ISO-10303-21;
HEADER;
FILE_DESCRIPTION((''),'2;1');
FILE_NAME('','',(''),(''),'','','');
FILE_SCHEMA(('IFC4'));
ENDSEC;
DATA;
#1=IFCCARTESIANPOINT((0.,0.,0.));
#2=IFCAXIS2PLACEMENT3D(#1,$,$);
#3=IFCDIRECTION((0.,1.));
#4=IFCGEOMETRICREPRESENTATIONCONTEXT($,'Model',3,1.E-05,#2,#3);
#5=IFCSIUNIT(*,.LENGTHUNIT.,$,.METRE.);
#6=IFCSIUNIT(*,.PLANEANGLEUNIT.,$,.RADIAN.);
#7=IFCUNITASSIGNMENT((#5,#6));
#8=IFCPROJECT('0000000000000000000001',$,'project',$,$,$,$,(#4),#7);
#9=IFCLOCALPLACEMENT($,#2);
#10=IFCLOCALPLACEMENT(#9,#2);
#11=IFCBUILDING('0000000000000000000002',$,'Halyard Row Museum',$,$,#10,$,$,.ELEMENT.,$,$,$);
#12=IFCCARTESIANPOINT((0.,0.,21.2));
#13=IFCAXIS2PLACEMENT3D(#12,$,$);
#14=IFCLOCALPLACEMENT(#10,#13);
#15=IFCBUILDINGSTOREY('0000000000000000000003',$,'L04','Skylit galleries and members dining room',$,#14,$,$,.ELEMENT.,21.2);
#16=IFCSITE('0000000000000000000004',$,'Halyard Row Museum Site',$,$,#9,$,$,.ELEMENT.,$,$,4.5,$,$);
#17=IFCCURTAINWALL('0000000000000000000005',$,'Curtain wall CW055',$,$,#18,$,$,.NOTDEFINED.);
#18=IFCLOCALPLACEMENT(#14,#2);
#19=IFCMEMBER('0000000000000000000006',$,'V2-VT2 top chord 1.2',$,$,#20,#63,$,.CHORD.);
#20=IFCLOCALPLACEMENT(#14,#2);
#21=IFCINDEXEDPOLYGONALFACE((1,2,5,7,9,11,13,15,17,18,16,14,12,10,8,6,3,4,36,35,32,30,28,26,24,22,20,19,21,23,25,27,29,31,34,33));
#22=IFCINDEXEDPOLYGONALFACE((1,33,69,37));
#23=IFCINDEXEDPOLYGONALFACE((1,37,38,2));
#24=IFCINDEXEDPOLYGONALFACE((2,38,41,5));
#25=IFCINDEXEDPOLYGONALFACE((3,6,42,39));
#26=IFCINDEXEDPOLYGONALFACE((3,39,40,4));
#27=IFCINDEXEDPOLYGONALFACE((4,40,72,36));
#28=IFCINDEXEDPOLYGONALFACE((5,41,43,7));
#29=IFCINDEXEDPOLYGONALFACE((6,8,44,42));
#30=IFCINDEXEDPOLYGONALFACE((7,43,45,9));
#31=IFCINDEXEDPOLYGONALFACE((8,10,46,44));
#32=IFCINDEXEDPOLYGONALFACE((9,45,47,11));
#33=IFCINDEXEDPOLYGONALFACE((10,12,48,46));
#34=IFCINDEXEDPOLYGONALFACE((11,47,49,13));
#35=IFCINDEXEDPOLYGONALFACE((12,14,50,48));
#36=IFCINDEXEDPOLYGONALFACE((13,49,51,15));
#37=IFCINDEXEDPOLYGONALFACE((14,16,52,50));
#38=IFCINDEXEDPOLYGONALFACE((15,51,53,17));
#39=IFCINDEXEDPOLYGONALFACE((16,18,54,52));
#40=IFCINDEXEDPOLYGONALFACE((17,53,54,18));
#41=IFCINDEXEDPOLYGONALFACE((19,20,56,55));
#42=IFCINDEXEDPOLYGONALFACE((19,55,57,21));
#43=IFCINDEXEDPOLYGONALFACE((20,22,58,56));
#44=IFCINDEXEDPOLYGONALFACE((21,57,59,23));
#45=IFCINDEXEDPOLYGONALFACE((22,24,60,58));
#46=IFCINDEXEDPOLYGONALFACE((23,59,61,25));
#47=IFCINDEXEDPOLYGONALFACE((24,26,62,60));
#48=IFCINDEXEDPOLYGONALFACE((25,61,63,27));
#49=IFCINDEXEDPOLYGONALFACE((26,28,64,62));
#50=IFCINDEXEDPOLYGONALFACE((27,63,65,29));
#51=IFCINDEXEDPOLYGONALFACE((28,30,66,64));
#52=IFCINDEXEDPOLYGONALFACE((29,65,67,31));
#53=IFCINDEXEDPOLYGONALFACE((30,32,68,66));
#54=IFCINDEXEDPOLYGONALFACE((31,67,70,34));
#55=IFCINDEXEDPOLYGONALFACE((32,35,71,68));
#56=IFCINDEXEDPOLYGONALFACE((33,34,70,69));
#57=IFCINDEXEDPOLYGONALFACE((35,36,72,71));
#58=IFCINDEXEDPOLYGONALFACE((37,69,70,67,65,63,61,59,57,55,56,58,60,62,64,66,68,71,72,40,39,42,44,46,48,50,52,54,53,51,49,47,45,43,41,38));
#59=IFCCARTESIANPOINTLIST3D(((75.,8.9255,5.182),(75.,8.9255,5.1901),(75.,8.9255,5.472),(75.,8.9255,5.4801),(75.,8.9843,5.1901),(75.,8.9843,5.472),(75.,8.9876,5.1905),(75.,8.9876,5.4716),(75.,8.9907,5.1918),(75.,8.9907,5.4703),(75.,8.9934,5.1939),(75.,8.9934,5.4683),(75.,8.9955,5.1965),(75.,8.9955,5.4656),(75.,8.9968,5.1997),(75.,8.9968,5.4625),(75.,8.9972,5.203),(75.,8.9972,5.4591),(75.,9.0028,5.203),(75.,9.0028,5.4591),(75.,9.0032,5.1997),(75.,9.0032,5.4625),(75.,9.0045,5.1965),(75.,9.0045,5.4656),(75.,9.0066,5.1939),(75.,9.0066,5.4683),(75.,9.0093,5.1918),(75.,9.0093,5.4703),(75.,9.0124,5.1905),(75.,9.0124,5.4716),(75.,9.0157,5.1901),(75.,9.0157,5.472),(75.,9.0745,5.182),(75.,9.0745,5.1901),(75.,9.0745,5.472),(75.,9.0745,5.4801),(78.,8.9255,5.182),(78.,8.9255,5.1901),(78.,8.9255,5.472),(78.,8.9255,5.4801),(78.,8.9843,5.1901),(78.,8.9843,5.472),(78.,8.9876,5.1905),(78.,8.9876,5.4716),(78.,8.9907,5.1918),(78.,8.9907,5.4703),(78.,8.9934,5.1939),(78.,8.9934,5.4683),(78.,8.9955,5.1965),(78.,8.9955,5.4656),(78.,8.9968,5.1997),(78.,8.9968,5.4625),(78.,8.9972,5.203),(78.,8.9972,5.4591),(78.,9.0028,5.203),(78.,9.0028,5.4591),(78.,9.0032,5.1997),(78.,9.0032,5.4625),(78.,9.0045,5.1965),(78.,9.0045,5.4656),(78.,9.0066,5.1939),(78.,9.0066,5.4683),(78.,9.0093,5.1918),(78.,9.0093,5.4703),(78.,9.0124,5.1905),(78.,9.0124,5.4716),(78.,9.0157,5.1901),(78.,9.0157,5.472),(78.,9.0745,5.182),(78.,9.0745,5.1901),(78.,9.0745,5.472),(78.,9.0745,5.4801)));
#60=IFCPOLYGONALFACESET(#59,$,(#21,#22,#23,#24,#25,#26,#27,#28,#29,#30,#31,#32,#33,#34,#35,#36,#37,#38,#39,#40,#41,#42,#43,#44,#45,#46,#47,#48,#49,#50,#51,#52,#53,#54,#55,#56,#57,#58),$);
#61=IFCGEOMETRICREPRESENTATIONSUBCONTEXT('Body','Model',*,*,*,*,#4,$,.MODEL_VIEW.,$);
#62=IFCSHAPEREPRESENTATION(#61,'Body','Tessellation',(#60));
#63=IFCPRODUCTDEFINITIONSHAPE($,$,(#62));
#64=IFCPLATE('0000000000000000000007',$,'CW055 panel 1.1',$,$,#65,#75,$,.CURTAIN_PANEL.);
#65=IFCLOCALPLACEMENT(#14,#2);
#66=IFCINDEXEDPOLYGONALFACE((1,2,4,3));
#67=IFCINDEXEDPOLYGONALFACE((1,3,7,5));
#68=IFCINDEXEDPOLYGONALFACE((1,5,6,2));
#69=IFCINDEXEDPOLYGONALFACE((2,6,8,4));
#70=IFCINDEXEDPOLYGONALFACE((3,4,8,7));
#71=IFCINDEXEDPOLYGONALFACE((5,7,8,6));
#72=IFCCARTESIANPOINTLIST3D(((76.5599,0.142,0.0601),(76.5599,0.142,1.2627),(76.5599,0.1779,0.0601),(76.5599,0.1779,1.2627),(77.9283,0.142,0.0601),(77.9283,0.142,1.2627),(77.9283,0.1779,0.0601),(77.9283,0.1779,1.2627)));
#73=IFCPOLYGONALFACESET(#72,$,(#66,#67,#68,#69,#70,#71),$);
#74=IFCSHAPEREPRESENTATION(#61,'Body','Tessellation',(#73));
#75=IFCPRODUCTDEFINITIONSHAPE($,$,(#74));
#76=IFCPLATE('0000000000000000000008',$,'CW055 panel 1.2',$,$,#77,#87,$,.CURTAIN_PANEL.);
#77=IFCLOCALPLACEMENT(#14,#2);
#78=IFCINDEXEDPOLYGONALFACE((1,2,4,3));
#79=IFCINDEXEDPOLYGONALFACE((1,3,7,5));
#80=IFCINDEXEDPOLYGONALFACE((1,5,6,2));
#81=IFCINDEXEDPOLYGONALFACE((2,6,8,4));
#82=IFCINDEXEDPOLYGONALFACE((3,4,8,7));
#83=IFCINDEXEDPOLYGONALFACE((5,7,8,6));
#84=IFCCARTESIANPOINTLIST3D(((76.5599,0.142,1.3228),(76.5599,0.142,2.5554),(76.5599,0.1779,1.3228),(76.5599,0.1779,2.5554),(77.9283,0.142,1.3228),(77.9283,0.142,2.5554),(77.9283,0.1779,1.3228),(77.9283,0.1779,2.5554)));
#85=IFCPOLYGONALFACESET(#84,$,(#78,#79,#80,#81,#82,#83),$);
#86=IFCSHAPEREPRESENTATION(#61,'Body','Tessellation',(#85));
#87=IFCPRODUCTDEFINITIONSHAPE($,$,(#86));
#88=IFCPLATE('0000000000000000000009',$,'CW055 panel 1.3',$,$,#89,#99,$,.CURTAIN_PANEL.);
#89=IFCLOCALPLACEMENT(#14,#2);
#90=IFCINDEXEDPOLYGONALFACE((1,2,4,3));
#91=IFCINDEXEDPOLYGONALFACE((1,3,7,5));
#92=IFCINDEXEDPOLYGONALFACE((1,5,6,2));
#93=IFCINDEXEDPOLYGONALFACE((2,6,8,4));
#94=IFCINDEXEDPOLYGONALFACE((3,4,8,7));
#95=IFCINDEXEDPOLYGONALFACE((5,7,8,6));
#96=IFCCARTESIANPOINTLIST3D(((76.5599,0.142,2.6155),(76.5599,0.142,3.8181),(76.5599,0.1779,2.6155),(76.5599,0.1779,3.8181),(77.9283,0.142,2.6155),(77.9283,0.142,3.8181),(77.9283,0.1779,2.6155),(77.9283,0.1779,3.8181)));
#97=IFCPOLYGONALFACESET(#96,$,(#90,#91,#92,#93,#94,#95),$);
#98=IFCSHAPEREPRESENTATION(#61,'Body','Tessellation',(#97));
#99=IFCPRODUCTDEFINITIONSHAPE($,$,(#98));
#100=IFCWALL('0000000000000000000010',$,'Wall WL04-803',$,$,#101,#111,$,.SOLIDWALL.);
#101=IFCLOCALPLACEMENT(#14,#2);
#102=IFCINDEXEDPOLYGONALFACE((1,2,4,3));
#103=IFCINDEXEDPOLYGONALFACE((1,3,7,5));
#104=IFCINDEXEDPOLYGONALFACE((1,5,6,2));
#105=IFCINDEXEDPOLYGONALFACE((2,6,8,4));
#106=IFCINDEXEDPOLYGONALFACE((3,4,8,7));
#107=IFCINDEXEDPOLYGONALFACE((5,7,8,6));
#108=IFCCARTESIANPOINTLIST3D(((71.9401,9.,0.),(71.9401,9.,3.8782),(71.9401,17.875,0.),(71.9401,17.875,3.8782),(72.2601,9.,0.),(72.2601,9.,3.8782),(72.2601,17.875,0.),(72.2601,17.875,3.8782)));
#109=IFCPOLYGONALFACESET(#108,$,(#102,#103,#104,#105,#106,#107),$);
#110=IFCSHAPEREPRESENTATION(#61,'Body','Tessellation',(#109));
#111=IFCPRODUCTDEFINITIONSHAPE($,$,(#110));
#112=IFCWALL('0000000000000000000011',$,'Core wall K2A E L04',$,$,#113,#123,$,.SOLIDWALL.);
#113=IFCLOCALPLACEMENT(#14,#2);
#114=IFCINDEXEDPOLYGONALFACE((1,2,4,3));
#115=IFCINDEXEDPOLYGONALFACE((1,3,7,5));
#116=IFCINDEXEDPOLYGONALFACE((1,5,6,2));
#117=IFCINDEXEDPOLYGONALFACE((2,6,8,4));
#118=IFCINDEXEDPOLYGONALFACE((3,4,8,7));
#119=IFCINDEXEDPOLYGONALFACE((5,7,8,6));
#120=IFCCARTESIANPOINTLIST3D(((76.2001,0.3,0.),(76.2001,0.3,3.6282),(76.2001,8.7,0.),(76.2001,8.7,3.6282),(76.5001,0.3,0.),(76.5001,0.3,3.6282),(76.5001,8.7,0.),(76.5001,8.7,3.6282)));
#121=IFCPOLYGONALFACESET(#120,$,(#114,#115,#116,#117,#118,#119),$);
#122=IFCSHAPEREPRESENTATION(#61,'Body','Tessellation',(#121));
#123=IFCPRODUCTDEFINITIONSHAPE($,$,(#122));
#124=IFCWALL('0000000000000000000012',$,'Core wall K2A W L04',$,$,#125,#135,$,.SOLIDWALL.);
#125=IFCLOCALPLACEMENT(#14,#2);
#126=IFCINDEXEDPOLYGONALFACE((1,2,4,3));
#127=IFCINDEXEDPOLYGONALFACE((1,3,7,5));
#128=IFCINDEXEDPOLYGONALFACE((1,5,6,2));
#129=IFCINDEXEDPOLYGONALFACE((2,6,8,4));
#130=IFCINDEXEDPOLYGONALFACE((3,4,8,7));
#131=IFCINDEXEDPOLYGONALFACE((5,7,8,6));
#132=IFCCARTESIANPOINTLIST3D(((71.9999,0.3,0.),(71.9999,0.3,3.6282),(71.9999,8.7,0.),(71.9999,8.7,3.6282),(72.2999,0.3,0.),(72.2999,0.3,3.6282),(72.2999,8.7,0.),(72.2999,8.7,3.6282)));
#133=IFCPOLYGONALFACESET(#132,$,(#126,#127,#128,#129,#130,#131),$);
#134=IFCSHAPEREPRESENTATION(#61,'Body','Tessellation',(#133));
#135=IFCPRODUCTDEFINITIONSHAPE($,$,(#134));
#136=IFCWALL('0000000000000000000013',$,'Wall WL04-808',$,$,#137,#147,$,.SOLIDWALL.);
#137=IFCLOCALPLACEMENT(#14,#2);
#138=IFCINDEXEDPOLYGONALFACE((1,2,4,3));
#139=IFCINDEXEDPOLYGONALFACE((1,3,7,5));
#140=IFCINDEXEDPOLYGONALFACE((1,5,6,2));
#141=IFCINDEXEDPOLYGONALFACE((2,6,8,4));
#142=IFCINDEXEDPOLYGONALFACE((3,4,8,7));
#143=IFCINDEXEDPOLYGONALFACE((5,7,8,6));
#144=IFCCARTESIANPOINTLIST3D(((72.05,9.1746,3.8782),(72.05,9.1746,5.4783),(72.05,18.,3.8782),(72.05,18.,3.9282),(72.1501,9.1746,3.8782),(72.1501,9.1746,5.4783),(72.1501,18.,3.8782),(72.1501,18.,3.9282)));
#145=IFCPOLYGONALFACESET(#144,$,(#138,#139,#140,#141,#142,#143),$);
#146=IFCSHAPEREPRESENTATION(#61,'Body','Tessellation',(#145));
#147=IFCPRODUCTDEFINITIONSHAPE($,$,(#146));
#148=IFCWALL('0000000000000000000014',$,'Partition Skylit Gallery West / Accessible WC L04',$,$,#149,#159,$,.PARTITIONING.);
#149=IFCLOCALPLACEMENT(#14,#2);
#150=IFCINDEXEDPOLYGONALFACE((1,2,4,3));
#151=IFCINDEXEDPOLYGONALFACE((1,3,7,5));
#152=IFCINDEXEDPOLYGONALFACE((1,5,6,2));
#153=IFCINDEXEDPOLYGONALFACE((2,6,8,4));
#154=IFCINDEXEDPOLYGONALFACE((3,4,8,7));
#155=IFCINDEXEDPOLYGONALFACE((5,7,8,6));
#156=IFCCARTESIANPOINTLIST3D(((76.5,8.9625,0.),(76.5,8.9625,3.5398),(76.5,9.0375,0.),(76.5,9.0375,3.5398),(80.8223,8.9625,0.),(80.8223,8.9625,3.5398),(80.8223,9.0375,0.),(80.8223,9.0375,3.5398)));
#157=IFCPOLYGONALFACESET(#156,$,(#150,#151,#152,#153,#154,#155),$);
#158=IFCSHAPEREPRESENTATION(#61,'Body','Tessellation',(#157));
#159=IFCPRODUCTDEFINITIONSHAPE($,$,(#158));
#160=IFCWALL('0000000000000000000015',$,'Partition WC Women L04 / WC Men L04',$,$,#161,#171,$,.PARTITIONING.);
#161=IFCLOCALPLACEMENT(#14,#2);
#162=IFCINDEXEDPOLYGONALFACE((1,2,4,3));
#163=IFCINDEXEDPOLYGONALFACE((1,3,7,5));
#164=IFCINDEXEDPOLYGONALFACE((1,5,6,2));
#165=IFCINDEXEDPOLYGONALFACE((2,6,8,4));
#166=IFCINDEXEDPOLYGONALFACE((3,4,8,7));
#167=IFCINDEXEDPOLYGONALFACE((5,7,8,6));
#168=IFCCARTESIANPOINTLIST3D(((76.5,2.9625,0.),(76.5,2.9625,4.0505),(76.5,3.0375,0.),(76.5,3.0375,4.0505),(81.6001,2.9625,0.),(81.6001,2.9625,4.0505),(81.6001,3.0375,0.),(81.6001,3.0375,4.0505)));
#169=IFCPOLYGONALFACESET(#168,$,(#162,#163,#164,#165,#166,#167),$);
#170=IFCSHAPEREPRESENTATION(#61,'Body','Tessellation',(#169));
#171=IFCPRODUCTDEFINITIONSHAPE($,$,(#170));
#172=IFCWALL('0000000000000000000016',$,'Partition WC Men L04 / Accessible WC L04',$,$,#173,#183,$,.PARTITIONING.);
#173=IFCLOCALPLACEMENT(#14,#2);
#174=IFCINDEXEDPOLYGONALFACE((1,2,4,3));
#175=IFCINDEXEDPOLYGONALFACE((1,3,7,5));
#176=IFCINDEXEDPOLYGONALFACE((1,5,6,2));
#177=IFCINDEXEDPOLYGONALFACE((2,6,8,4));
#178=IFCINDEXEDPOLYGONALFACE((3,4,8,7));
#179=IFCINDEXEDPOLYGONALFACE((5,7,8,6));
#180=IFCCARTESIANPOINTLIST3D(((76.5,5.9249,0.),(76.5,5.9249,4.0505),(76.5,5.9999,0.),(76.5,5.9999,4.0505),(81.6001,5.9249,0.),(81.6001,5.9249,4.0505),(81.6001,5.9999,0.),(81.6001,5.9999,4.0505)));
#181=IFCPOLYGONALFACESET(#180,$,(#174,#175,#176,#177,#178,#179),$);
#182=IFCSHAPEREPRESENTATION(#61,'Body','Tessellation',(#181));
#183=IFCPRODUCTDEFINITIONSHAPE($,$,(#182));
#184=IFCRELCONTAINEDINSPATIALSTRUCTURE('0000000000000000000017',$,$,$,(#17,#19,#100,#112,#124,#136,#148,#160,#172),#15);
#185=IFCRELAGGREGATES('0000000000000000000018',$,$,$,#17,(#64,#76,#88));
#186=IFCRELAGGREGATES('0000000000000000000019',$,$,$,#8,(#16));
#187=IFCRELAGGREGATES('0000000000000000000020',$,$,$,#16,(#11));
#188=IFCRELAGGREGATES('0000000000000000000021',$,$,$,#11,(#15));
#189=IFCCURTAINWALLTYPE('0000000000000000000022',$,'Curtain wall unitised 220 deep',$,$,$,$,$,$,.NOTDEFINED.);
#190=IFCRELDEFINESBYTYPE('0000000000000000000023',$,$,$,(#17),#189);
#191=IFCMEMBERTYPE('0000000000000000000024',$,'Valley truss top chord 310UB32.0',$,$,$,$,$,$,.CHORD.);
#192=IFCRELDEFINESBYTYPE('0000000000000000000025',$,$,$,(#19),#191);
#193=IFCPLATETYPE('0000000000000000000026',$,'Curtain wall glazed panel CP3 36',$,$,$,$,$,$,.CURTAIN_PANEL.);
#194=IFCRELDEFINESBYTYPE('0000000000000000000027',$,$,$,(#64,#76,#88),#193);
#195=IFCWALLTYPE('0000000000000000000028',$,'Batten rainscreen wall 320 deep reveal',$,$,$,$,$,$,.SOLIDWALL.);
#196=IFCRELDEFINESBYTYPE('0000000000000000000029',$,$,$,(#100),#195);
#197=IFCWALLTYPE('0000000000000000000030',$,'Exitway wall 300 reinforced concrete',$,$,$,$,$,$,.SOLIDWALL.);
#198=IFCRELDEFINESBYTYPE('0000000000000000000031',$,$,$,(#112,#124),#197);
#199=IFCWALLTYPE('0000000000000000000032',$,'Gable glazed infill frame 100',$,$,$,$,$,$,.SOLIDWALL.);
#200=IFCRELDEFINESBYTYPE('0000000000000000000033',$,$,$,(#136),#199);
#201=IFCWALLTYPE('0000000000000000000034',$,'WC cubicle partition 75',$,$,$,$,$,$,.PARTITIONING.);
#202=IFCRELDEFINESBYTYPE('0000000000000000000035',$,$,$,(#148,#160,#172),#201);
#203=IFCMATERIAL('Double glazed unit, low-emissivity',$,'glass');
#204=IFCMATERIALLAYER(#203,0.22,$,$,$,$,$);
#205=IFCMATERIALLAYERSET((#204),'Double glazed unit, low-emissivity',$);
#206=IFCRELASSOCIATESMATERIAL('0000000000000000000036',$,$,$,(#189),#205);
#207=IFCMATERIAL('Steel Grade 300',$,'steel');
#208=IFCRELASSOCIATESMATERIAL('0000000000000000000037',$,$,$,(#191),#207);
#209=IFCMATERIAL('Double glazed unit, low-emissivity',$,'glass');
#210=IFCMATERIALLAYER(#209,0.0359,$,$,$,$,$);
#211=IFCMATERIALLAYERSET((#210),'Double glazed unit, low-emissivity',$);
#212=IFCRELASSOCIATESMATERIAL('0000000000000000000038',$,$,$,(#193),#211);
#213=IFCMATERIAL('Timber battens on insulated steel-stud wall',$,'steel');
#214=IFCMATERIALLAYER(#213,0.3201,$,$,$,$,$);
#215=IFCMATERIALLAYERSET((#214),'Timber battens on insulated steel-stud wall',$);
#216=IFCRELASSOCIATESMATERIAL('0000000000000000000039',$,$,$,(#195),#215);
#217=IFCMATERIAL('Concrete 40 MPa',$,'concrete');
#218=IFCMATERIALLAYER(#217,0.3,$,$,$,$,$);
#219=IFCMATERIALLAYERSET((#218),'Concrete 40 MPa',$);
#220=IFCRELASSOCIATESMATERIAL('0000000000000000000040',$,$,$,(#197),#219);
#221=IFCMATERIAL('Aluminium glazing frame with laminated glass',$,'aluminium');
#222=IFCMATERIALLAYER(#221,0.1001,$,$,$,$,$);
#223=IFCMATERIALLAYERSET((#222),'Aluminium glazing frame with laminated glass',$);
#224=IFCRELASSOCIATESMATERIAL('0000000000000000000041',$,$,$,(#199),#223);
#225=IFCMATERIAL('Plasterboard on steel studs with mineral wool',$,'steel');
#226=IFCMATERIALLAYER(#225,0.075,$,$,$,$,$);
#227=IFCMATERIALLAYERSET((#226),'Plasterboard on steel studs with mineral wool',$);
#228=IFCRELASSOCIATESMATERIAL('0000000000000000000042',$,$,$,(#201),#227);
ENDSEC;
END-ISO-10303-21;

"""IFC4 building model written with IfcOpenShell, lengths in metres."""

from ifc_helpers import new_model, si_unit, direction, frame, frame_2d, origin, origin_2d, place, context, subcontext, project, spatial, polyline, rectangle, i_section, outline, extrude, material, layer, layer_set, material_profile, profile_set, type_object, element, aggregate, save


model = new_model("IFC4")

# Units and contexts
model_context = context("Model", 3, precision=1e-05, world=origin(), true_north=direction((0.0, 1.0)))
body_context = subcontext(model_context, "Body", "Model", "MODEL_VIEW")
ifc_project = project(units=[si_unit("LENGTHUNIT", "METRE"), si_unit("PLANEANGLEUNIT", "RADIAN")], contexts=[model_context])

# Site, building, storey
site_placement = place(None, origin())
site = spatial("IfcSite", under=ifc_project, at=site_placement, Name="Halyard Row Museum Site", CompositionType="ELEMENT", RefElevation=4.5)
building_placement = place(site_placement, origin())
building = spatial("IfcBuilding", under=site, at=building_placement, Name="Halyard Row Museum", CompositionType="ELEMENT")
storey_placement = place(building_placement, frame((0.0, 0.0, 21.2)))
storey = spatial("IfcBuildingStorey", under=building, at=storey_placement, Name="L04", Description="Skylit galleries and members dining room", CompositionType="ELEMENT", Elevation=21.2)

# Curtain wall
ifc_material_1 = material(Name="Double glazed unit, low-emissivity", Category="glass")
ifc_layer_1 = layer(ifc_material_1, 0.22)
ifc_layer_set_1 = layer_set([ifc_layer_1], Name="Double glazed unit, low-emissivity")
curtain_wall_type = type_object("IfcCurtainWallType", Name="Curtain wall unitised 220 deep", PredefinedType="NOTDEFINED", material=ifc_layer_set_1)
curtain_wall_placement = place(storey_placement, origin())
curtain_wall = element("IfcCurtainWall", 1, at=curtain_wall_placement, inside=storey, type_object=curtain_wall_type, Name="Curtain wall CW055", PredefinedType="NOTDEFINED")

# Member
ifc_material_2 = material(Name="Steel Grade 300", Category="steel")
ifc_material_profile_1 = material_profile(ifc_material_2, i_section(OverallWidth=0.1489, OverallDepth=0.2981, WebThickness=0.0056, FlangeThickness=0.0081, FilletRadius=0.0129, at=origin_2d()), Name="310UB32.0")
ifc_profile_set_1 = profile_set([ifc_material_profile_1], Name="Steel Grade 300")
member_type_1 = type_object("IfcMemberType", Name="Valley truss top chord 310UB32.0", PredefinedType="CHORD", material=ifc_profile_set_1)
for number, where, z_axis, x_axis, name in (
    (2, (75.0, 9.0, 5.3311), (1.0, 0.0, 0.0), (0.0, 1.0, 0.0), "V2-VT2 top chord 1.2"),
):
    element("IfcMember", number, at=place(storey_placement, frame(where, z_axis=z_axis, x_axis=x_axis)), inside=storey, type_object=member_type_1, Name=name, PredefinedType="CHORD", context=body_context, shape_type="SweptSolid", body=[
        extrude(i_section(OverallWidth=0.1489, OverallDepth=0.2981, WebThickness=0.0056, FlangeThickness=0.0081, FilletRadius=0.0129, at=origin_2d()), origin(), (0.0, 0.0, 1.0), 3.0),
    ])

# Plates
ifc_material_3 = material(Name="Double glazed unit, low-emissivity", Category="glass")
ifc_layer_2 = layer(ifc_material_3, 0.0359)
ifc_layer_set_2 = layer_set([ifc_layer_2], Name="Double glazed unit, low-emissivity")
plate_type = type_object("IfcPlateType", Name="Curtain wall glazed panel CP3 36", PredefinedType="CURTAIN_PANEL", material=ifc_layer_set_2)
plate_1_placement = place(storey_placement, frame((77.2441, 0.1599, 0.0601), z_axis=(0.0, 0.0, 1.0), x_axis=(1.0, 0.0, 0.0)))
plate_1 = element("IfcPlate", 3, at=plate_1_placement, type_object=plate_type, Name="CW055 panel 1.1", PredefinedType="CURTAIN_PANEL", context=body_context, shape_type="SweptSolid", body=[
    extrude(rectangle(XDim=1.3684, YDim=0.0359, at=origin_2d()), origin(), (0.0, 0.0, 1.0), 1.2026),
])
plate_2_placement = place(storey_placement, frame((77.2441, 0.1599, 1.3228), z_axis=(0.0, 0.0, 1.0), x_axis=(1.0, 0.0, 0.0)))
plate_2 = element("IfcPlate", 4, at=plate_2_placement, type_object=plate_type, Name="CW055 panel 1.2", PredefinedType="CURTAIN_PANEL", context=body_context, shape_type="SweptSolid", body=[
    extrude(rectangle(XDim=1.3684, YDim=0.0359, at=origin_2d()), origin(), (0.0, 0.0, 1.0), 1.2327),
])
plate_3_placement = place(storey_placement, frame((77.2441, 0.1599, 2.6155), z_axis=(0.0, 0.0, 1.0), x_axis=(1.0, 0.0, 0.0)))
plate_3 = element("IfcPlate", 5, at=plate_3_placement, type_object=plate_type, Name="CW055 panel 1.3", PredefinedType="CURTAIN_PANEL", context=body_context, shape_type="SweptSolid", body=[
    extrude(rectangle(XDim=1.3684, YDim=0.0359, at=origin_2d()), origin(), (0.0, 0.0, 1.0), 1.2026),
])
aggregate(curtain_wall, [plate_1, plate_2, plate_3])

# Walls
ifc_material_4 = material(Name="Timber battens on insulated steel-stud wall", Category="steel")
ifc_layer_3 = layer(ifc_material_4, 0.3201)
ifc_layer_set_3 = layer_set([ifc_layer_3], Name="Timber battens on insulated steel-stud wall")
wall_type_1 = type_object("IfcWallType", Name="Batten rainscreen wall 320 deep reveal", PredefinedType="SOLIDWALL", material=ifc_layer_set_3)
wall_1_placement = place(storey_placement, frame((72.1001, 9.0, 0.0), z_axis=(0.0, 0.0, 1.0), x_axis=(0.0, 1.0, 0.0)))
element("IfcWall", 6, at=wall_1_placement, inside=storey, type_object=wall_type_1, Name="Wall WL04-803", PredefinedType="SOLIDWALL", context=body_context, shape_type="SweptSolid", body=[
    extrude(rectangle(XDim=8.875, YDim=0.3201, at=frame_2d((4.4375, 0.0))), origin(), (0.0, 0.0, 1.0), 3.8782),
])
ifc_material_5 = material(Name="Concrete 40 MPa", Category="concrete")
ifc_layer_4 = layer(ifc_material_5, 0.3)
ifc_layer_set_4 = layer_set([ifc_layer_4], Name="Concrete 40 MPa")
wall_type_2 = type_object("IfcWallType", Name="Exitway wall 300 reinforced concrete", PredefinedType="SOLIDWALL", material=ifc_layer_set_4)
for number, where, z_axis, x_axis, name in (
    (7, (76.3501, 0.3, 0.0), (0.0, 0.0, 1.0), (0.0, 1.0, 0.0), "Core wall K2A E L04"),
    (8, (72.1499, 0.3, 0.0), (0.0, 0.0, 1.0), (0.0, 1.0, 0.0), "Core wall K2A W L04"),
):
    element("IfcWall", number, at=place(storey_placement, frame(where, z_axis=z_axis, x_axis=x_axis)), inside=storey, type_object=wall_type_2, Name=name, PredefinedType="SOLIDWALL", context=body_context, shape_type="SweptSolid", body=[
        extrude(rectangle(XDim=8.3999, YDim=0.3, at=frame_2d((4.2, 0.0))), origin(), (0.0, 0.0, 1.0), 3.6282),
    ])
ifc_material_6 = material(Name="Aluminium glazing frame with laminated glass", Category="aluminium")
ifc_layer_5 = layer(ifc_material_6, 0.1001)
ifc_layer_set_5 = layer_set([ifc_layer_5], Name="Aluminium glazing frame with laminated glass")
wall_type_3 = type_object("IfcWallType", Name="Gable glazed infill frame 100", PredefinedType="SOLIDWALL", material=ifc_layer_set_5)
wall_2_placement = place(storey_placement, frame((72.1001, 9.1746, 3.8782), z_axis=(0.0, 0.0, 1.0), x_axis=(0.0, 1.0, 0.0)))
element("IfcWall", 9, at=wall_2_placement, inside=storey, type_object=wall_type_3, Name="Wall WL04-808", PredefinedType="SOLIDWALL", context=body_context, shape_type="SweptSolid", body=[
    extrude(outline(polyline([(0.0, 0.0), (8.8254, 0.0), (8.8254, 0.05), (0.0, 1.6001), (0.0, 0.0)])), frame((0.0, 0.05, 0.0), z_axis=(0.0, -1.0, 0.0), x_axis=(1.0, 0.0, 0.0)), (0.0, 0.0, 1.0), 0.1001),
])
ifc_material_7 = material(Name="Plasterboard on steel studs with mineral wool", Category="steel")
ifc_layer_6 = layer(ifc_material_7, 0.075)
ifc_layer_set_6 = layer_set([ifc_layer_6], Name="Plasterboard on steel studs with mineral wool")
wall_type_4 = type_object("IfcWallType", Name="WC cubicle partition 75", PredefinedType="PARTITIONING", material=ifc_layer_set_6)
wall_3_placement = place(storey_placement, frame((76.5, 9.0, 0.0), z_axis=(0.0, 0.0, 1.0), x_axis=(1.0, 0.0, 0.0)))
element("IfcWall", 10, at=wall_3_placement, inside=storey, type_object=wall_type_4, Name="Partition Skylit Gallery West / Accessible WC L04", PredefinedType="PARTITIONING", context=body_context, shape_type="SweptSolid", body=[
    extrude(rectangle(XDim=4.3223, YDim=0.075, at=frame_2d((2.1611, 0.0))), origin(), (0.0, 0.0, 1.0), 3.5398),
])
for number, where, z_axis, x_axis, name in (
    (11, (76.5, 3.0, 0.0), (0.0, 0.0, 1.0), (1.0, 0.0, 0.0), "Partition WC Women L04 / WC Men L04"),
    (12, (76.5, 5.9624, 0.0), (0.0, 0.0, 1.0), (1.0, 0.0, 0.0), "Partition WC Men L04 / Accessible WC L04"),
):
    element("IfcWall", number, at=place(storey_placement, frame(where, z_axis=z_axis, x_axis=x_axis)), inside=storey, type_object=wall_type_4, Name=name, PredefinedType="PARTITIONING", context=body_context, shape_type="SweptSolid", body=[
        extrude(rectangle(XDim=5.1001, YDim=0.075, at=frame_2d((2.55, 0.0))), origin(), (0.0, 0.0, 1.0), 4.0505),
    ])

save(model, "model.ifc")
